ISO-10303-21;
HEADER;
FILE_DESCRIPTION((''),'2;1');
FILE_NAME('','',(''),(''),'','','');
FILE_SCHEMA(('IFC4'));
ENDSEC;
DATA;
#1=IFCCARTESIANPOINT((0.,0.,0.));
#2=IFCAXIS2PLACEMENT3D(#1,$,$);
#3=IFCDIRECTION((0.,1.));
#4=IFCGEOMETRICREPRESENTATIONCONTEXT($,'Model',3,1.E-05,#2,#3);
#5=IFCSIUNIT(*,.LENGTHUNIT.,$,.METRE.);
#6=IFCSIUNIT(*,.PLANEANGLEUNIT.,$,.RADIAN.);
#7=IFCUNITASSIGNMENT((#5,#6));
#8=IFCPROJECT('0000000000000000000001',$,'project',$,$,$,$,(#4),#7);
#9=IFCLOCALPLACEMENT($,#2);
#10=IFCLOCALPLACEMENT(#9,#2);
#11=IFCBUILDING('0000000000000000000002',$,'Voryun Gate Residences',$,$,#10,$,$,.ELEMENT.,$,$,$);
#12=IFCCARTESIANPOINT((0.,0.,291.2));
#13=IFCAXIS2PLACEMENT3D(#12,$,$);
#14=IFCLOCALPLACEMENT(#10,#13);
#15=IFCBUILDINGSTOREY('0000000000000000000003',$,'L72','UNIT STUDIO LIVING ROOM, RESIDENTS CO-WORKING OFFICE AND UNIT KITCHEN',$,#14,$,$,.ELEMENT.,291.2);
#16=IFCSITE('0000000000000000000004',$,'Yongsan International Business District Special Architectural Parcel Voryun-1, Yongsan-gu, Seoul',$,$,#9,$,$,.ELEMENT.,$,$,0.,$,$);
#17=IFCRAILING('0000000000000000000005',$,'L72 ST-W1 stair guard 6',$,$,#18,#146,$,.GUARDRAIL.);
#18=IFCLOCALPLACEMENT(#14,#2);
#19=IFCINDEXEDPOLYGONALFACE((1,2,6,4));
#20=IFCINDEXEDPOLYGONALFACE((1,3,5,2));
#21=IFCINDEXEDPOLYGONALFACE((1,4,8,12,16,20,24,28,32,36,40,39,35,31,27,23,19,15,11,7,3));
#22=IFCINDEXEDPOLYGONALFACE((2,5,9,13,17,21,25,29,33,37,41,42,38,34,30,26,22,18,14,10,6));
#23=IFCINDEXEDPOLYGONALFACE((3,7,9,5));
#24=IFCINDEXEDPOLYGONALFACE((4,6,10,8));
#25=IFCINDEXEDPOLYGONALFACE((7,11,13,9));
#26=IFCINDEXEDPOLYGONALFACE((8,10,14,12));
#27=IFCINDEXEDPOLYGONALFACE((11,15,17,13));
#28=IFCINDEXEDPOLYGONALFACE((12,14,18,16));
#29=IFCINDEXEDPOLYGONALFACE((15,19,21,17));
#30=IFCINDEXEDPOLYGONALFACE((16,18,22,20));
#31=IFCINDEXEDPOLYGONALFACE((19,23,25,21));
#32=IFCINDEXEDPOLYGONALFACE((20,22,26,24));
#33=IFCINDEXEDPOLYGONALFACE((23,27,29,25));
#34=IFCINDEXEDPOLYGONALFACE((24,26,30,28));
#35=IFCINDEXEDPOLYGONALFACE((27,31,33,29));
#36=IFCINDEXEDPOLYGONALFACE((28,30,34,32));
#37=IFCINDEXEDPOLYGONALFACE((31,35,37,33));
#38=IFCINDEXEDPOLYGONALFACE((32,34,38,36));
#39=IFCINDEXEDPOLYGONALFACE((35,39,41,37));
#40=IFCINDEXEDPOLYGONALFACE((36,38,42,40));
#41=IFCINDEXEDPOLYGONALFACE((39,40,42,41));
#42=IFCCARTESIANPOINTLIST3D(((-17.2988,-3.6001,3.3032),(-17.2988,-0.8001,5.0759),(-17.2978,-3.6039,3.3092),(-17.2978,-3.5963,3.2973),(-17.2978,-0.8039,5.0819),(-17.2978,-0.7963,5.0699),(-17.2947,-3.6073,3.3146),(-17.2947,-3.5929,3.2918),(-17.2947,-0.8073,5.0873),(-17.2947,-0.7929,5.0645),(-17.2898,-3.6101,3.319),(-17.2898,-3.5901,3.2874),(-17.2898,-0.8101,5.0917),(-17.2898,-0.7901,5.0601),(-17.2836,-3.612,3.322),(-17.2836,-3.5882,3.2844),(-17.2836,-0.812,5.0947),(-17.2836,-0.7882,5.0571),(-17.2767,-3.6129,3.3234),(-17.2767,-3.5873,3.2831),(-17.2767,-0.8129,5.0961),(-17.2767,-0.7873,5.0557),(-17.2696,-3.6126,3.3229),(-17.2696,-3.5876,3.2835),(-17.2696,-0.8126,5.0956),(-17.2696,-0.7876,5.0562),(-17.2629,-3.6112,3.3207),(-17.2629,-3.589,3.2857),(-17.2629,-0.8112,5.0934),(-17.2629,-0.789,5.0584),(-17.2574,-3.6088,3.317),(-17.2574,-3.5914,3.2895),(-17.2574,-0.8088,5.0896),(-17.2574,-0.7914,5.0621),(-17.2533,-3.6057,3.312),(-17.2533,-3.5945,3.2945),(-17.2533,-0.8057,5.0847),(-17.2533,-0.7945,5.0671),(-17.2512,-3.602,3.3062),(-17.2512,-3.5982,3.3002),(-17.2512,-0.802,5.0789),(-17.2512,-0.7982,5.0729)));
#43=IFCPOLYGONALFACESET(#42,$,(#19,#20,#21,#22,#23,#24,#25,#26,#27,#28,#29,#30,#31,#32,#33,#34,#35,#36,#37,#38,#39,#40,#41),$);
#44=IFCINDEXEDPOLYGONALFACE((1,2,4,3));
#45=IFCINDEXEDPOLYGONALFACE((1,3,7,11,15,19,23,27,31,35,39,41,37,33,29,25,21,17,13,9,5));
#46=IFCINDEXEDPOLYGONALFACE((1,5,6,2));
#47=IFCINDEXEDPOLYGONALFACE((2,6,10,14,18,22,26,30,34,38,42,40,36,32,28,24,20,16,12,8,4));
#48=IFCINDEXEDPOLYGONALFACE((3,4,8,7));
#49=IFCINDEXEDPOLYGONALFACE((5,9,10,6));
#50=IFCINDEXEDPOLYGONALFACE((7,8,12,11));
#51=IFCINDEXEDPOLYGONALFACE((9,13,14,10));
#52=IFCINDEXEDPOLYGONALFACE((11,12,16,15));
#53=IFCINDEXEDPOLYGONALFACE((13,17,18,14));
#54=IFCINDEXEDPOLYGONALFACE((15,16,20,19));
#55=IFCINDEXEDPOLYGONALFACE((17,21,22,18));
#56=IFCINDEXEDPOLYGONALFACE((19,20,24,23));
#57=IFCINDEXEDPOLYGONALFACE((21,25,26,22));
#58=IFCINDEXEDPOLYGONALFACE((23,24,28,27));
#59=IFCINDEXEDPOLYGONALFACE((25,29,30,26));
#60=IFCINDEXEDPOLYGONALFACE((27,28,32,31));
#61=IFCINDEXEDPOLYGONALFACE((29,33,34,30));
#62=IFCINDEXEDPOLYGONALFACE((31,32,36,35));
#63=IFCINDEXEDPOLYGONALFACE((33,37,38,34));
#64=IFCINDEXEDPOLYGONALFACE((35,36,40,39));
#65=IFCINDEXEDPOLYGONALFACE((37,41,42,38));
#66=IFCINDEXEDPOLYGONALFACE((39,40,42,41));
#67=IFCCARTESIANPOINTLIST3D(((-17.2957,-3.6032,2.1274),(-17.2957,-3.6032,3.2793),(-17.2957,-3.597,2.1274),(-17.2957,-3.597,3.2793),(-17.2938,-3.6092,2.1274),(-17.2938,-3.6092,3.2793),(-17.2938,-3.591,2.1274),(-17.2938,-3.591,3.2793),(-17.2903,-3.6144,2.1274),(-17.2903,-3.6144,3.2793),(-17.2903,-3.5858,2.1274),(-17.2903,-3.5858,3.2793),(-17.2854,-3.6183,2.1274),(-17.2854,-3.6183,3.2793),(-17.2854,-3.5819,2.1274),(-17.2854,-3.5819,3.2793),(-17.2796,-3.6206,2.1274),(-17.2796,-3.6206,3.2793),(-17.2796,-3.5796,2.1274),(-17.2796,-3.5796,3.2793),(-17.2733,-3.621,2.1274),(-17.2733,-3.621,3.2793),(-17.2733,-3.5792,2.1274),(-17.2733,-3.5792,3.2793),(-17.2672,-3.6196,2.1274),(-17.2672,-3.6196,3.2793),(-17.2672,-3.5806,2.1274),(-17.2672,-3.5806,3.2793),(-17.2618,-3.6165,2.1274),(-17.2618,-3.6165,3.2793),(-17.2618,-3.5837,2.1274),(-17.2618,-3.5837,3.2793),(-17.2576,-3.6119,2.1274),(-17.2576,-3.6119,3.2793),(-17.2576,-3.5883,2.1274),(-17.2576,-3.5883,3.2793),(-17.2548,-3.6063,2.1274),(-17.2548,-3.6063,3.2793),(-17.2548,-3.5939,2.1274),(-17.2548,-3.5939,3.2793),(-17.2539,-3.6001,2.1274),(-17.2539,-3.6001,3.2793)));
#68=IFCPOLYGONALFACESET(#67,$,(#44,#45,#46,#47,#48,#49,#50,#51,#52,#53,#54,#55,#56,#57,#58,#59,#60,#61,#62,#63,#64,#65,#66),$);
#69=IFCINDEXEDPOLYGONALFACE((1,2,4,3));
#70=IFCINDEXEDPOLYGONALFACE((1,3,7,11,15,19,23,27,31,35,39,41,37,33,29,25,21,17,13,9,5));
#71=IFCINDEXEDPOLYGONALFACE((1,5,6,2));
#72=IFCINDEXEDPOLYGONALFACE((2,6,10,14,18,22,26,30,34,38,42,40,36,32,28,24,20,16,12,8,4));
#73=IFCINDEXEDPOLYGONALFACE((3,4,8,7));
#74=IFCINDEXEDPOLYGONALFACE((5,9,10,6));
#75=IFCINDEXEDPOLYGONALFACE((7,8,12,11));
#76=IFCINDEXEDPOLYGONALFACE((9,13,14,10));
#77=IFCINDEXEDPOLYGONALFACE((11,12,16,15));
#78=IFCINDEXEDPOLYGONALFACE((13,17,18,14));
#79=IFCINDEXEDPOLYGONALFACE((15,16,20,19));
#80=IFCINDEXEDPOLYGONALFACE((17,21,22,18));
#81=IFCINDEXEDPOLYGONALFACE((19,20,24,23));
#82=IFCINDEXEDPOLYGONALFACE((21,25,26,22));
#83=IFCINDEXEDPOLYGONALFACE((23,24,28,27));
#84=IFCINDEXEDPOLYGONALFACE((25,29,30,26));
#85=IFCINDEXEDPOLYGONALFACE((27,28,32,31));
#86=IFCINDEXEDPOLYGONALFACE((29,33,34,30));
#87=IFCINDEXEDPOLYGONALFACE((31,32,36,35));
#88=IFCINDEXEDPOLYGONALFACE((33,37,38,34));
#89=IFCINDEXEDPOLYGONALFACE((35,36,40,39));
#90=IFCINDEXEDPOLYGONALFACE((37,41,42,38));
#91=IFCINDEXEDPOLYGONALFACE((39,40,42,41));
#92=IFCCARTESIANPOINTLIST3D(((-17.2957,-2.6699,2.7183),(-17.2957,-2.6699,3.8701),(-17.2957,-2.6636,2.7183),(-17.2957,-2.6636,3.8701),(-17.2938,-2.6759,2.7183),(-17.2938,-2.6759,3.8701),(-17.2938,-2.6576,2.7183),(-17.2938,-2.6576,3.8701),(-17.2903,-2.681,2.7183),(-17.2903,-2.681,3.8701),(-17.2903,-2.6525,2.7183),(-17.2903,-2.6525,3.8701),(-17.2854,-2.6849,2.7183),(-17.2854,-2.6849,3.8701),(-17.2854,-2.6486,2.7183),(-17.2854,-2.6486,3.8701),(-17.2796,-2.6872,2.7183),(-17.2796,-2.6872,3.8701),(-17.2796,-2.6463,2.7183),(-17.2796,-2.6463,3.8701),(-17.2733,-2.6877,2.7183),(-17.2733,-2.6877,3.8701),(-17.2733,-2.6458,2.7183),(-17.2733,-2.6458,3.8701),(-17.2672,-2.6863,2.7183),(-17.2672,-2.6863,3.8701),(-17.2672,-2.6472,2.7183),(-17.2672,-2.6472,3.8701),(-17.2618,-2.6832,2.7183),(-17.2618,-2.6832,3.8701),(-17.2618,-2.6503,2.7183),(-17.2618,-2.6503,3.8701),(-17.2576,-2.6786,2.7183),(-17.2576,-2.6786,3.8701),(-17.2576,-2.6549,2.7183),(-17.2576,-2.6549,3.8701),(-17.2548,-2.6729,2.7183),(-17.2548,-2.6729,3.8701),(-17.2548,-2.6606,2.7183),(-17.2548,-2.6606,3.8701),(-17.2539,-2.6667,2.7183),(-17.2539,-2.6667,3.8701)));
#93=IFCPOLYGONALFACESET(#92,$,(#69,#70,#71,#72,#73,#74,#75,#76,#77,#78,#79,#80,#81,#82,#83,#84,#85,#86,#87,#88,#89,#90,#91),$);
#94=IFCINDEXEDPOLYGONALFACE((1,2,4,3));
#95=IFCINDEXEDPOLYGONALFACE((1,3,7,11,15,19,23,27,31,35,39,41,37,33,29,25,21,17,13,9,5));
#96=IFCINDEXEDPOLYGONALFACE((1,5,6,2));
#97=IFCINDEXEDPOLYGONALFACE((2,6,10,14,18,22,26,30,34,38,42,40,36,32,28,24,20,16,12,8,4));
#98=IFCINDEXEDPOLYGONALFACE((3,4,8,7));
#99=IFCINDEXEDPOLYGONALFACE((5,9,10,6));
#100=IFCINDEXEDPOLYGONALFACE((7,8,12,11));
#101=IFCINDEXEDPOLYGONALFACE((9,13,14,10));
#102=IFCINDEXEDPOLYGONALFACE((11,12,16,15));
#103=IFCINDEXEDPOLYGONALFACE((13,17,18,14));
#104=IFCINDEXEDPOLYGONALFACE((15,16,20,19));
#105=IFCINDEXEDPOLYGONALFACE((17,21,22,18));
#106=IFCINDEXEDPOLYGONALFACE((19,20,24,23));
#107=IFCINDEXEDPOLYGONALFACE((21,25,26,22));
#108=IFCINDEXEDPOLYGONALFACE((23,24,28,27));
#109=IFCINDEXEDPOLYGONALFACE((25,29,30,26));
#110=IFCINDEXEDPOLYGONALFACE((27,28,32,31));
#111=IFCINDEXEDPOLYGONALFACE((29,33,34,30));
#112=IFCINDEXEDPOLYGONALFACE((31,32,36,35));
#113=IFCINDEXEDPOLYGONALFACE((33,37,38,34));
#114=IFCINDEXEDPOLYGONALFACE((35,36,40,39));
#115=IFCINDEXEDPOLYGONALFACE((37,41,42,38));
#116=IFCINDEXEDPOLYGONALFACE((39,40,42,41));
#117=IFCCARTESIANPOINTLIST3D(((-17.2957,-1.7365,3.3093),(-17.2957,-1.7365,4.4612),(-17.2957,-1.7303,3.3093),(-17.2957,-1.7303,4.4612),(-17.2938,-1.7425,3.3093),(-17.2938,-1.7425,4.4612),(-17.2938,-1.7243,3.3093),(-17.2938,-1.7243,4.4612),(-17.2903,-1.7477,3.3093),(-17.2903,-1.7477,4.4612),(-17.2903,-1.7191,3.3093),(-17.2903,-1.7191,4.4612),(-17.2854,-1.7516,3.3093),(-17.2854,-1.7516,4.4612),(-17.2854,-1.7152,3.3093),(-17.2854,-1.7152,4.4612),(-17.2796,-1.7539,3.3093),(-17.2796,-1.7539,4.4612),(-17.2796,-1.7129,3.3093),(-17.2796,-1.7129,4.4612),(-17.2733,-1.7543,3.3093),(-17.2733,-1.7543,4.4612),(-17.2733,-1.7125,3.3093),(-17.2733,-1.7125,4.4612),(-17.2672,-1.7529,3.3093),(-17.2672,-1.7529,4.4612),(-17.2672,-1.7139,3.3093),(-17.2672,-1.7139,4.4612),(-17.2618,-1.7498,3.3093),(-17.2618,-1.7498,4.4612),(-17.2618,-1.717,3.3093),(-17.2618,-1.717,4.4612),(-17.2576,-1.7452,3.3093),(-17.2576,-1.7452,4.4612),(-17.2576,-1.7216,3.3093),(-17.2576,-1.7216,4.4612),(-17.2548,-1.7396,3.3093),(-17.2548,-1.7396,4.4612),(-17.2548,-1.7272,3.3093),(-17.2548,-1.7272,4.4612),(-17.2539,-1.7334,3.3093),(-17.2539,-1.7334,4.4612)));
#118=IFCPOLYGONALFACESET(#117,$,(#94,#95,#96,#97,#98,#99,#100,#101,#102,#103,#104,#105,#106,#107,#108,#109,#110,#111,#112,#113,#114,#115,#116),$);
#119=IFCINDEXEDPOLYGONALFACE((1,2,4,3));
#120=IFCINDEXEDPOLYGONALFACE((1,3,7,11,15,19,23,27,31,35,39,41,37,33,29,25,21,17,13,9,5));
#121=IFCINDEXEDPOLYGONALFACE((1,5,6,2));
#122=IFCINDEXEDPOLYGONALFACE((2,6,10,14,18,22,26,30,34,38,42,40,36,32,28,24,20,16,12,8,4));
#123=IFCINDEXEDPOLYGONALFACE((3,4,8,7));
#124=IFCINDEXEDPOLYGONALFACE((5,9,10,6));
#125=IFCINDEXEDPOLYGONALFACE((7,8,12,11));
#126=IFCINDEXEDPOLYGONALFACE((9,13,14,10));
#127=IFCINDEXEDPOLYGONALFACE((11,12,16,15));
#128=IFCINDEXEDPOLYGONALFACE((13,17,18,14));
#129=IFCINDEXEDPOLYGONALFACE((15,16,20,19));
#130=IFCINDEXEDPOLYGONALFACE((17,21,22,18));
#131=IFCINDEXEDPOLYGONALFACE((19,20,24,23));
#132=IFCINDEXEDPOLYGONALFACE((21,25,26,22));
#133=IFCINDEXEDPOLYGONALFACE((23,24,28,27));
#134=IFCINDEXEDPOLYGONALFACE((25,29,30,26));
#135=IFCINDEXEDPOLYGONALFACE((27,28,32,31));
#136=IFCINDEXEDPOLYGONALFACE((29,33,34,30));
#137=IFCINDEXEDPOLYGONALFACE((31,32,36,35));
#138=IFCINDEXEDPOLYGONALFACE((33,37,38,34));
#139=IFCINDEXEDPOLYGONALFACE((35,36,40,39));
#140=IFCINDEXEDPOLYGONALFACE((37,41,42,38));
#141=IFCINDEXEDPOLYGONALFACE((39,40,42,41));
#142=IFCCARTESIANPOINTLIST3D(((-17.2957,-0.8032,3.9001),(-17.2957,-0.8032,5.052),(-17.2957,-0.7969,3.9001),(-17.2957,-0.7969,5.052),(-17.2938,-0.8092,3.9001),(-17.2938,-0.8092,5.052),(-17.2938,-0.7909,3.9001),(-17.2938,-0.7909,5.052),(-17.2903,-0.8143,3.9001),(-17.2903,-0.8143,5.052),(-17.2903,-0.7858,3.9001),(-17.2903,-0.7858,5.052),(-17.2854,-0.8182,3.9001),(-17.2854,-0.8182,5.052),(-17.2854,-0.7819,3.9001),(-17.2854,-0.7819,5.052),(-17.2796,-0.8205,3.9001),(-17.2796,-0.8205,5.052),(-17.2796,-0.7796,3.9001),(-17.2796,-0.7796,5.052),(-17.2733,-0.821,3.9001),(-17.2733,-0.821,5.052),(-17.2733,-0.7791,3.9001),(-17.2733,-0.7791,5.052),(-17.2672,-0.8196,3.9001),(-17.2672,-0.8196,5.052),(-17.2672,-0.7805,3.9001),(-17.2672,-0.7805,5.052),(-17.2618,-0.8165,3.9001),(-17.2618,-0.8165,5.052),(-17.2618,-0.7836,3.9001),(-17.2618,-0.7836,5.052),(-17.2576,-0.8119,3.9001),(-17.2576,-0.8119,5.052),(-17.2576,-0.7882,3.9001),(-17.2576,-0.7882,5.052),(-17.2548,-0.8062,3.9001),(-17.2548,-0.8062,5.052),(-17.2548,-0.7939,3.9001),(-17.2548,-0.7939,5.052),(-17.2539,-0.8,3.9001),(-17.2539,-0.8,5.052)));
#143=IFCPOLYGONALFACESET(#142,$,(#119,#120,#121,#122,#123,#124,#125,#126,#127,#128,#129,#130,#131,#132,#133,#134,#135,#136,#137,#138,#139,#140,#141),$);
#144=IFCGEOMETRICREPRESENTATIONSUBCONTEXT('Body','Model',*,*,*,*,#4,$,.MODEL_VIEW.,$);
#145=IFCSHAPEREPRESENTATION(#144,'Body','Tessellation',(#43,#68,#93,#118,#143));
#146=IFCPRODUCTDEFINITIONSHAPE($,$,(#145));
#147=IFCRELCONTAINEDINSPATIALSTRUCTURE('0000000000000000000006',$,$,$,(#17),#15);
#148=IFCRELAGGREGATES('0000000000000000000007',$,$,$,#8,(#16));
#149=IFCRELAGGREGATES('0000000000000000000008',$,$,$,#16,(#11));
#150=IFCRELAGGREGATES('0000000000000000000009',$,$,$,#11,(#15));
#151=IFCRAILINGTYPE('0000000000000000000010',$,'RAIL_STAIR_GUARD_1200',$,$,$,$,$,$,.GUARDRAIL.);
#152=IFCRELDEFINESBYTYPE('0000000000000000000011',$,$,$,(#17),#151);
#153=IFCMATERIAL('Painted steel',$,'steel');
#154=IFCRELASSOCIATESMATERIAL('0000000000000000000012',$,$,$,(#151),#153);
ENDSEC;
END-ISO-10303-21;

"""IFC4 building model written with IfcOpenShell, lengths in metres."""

from ifc_helpers import new_model, si_unit, direction, frame, origin, origin_2d, place, context, subcontext, project, spatial, circle, extrude, material, type_object, element, save


model = new_model("IFC4")

# Units and contexts
model_context = context("Model", 3, precision=1e-05, world=origin(), true_north=direction((0.0, 1.0)))
body_context = subcontext(model_context, "Body", "Model", "MODEL_VIEW")
ifc_project = project(units=[si_unit("LENGTHUNIT", "METRE"), si_unit("PLANEANGLEUNIT", "RADIAN")], contexts=[model_context])

# Site, building, storey
site_placement = place(None, origin())
site = spatial("IfcSite", under=ifc_project, at=site_placement, Name="Yongsan International Business District Special Architectural Parcel Voryun-1, Yongsan-gu, Seoul", CompositionType="ELEMENT", RefElevation=0.0)
building_placement = place(site_placement, origin())
building = spatial("IfcBuilding", under=site, at=building_placement, Name="Voryun Gate Residences", CompositionType="ELEMENT")
storey_placement = place(building_placement, frame((0.0, 0.0, 291.2)))
storey = spatial("IfcBuildingStorey", under=building, at=storey_placement, Name="L72", Description="UNIT STUDIO LIVING ROOM, RESIDENTS CO-WORKING OFFICE AND UNIT KITCHEN", CompositionType="ELEMENT", Elevation=291.2)

# Railing
ifc_material_1 = material(Name="Painted steel", Category="steel")
railing_type_1 = type_object("IfcRailingType", Name="RAIL_STAIR_GUARD_1200", PredefinedType="GUARDRAIL", material=ifc_material_1)
railing_1_placement = place(storey_placement, frame((-17.2749, -3.6001, 2.1274)))
element("IfcRailing", 1, at=railing_1_placement, inside=storey, type_object=railing_type_1, Name="L72 ST-W1 stair guard 6", PredefinedType="GUARDRAIL", context=body_context, shape_type="SweptSolid", body=[
    extrude(circle(Radius=0.0239, at=origin_2d()), frame((0.0, 0.0, 1.1758), z_axis=(0.0, 0.844909, 0.53491), x_axis=(-1.0, 0.0, 0.0)), (0.0, 0.0, 1.0), 3.314),
    extrude(circle(Radius=0.021, at=origin_2d()), origin(), (0.0, 0.0, 1.0), 1.1519),
    extrude(circle(Radius=0.021, at=origin_2d()), frame((0.0, 0.9333, 0.5908)), (0.0, 0.0, 1.0), 1.1519),
    extrude(circle(Radius=0.021, at=origin_2d()), frame((0.0, 1.8667, 1.1819)), (0.0, 0.0, 1.0), 1.1519),
    extrude(circle(Radius=0.021, at=origin_2d()), frame((0.0, 2.8, 1.7727)), (0.0, 0.0, 1.0), 1.1519),
])

save(model, "model.ifc")
